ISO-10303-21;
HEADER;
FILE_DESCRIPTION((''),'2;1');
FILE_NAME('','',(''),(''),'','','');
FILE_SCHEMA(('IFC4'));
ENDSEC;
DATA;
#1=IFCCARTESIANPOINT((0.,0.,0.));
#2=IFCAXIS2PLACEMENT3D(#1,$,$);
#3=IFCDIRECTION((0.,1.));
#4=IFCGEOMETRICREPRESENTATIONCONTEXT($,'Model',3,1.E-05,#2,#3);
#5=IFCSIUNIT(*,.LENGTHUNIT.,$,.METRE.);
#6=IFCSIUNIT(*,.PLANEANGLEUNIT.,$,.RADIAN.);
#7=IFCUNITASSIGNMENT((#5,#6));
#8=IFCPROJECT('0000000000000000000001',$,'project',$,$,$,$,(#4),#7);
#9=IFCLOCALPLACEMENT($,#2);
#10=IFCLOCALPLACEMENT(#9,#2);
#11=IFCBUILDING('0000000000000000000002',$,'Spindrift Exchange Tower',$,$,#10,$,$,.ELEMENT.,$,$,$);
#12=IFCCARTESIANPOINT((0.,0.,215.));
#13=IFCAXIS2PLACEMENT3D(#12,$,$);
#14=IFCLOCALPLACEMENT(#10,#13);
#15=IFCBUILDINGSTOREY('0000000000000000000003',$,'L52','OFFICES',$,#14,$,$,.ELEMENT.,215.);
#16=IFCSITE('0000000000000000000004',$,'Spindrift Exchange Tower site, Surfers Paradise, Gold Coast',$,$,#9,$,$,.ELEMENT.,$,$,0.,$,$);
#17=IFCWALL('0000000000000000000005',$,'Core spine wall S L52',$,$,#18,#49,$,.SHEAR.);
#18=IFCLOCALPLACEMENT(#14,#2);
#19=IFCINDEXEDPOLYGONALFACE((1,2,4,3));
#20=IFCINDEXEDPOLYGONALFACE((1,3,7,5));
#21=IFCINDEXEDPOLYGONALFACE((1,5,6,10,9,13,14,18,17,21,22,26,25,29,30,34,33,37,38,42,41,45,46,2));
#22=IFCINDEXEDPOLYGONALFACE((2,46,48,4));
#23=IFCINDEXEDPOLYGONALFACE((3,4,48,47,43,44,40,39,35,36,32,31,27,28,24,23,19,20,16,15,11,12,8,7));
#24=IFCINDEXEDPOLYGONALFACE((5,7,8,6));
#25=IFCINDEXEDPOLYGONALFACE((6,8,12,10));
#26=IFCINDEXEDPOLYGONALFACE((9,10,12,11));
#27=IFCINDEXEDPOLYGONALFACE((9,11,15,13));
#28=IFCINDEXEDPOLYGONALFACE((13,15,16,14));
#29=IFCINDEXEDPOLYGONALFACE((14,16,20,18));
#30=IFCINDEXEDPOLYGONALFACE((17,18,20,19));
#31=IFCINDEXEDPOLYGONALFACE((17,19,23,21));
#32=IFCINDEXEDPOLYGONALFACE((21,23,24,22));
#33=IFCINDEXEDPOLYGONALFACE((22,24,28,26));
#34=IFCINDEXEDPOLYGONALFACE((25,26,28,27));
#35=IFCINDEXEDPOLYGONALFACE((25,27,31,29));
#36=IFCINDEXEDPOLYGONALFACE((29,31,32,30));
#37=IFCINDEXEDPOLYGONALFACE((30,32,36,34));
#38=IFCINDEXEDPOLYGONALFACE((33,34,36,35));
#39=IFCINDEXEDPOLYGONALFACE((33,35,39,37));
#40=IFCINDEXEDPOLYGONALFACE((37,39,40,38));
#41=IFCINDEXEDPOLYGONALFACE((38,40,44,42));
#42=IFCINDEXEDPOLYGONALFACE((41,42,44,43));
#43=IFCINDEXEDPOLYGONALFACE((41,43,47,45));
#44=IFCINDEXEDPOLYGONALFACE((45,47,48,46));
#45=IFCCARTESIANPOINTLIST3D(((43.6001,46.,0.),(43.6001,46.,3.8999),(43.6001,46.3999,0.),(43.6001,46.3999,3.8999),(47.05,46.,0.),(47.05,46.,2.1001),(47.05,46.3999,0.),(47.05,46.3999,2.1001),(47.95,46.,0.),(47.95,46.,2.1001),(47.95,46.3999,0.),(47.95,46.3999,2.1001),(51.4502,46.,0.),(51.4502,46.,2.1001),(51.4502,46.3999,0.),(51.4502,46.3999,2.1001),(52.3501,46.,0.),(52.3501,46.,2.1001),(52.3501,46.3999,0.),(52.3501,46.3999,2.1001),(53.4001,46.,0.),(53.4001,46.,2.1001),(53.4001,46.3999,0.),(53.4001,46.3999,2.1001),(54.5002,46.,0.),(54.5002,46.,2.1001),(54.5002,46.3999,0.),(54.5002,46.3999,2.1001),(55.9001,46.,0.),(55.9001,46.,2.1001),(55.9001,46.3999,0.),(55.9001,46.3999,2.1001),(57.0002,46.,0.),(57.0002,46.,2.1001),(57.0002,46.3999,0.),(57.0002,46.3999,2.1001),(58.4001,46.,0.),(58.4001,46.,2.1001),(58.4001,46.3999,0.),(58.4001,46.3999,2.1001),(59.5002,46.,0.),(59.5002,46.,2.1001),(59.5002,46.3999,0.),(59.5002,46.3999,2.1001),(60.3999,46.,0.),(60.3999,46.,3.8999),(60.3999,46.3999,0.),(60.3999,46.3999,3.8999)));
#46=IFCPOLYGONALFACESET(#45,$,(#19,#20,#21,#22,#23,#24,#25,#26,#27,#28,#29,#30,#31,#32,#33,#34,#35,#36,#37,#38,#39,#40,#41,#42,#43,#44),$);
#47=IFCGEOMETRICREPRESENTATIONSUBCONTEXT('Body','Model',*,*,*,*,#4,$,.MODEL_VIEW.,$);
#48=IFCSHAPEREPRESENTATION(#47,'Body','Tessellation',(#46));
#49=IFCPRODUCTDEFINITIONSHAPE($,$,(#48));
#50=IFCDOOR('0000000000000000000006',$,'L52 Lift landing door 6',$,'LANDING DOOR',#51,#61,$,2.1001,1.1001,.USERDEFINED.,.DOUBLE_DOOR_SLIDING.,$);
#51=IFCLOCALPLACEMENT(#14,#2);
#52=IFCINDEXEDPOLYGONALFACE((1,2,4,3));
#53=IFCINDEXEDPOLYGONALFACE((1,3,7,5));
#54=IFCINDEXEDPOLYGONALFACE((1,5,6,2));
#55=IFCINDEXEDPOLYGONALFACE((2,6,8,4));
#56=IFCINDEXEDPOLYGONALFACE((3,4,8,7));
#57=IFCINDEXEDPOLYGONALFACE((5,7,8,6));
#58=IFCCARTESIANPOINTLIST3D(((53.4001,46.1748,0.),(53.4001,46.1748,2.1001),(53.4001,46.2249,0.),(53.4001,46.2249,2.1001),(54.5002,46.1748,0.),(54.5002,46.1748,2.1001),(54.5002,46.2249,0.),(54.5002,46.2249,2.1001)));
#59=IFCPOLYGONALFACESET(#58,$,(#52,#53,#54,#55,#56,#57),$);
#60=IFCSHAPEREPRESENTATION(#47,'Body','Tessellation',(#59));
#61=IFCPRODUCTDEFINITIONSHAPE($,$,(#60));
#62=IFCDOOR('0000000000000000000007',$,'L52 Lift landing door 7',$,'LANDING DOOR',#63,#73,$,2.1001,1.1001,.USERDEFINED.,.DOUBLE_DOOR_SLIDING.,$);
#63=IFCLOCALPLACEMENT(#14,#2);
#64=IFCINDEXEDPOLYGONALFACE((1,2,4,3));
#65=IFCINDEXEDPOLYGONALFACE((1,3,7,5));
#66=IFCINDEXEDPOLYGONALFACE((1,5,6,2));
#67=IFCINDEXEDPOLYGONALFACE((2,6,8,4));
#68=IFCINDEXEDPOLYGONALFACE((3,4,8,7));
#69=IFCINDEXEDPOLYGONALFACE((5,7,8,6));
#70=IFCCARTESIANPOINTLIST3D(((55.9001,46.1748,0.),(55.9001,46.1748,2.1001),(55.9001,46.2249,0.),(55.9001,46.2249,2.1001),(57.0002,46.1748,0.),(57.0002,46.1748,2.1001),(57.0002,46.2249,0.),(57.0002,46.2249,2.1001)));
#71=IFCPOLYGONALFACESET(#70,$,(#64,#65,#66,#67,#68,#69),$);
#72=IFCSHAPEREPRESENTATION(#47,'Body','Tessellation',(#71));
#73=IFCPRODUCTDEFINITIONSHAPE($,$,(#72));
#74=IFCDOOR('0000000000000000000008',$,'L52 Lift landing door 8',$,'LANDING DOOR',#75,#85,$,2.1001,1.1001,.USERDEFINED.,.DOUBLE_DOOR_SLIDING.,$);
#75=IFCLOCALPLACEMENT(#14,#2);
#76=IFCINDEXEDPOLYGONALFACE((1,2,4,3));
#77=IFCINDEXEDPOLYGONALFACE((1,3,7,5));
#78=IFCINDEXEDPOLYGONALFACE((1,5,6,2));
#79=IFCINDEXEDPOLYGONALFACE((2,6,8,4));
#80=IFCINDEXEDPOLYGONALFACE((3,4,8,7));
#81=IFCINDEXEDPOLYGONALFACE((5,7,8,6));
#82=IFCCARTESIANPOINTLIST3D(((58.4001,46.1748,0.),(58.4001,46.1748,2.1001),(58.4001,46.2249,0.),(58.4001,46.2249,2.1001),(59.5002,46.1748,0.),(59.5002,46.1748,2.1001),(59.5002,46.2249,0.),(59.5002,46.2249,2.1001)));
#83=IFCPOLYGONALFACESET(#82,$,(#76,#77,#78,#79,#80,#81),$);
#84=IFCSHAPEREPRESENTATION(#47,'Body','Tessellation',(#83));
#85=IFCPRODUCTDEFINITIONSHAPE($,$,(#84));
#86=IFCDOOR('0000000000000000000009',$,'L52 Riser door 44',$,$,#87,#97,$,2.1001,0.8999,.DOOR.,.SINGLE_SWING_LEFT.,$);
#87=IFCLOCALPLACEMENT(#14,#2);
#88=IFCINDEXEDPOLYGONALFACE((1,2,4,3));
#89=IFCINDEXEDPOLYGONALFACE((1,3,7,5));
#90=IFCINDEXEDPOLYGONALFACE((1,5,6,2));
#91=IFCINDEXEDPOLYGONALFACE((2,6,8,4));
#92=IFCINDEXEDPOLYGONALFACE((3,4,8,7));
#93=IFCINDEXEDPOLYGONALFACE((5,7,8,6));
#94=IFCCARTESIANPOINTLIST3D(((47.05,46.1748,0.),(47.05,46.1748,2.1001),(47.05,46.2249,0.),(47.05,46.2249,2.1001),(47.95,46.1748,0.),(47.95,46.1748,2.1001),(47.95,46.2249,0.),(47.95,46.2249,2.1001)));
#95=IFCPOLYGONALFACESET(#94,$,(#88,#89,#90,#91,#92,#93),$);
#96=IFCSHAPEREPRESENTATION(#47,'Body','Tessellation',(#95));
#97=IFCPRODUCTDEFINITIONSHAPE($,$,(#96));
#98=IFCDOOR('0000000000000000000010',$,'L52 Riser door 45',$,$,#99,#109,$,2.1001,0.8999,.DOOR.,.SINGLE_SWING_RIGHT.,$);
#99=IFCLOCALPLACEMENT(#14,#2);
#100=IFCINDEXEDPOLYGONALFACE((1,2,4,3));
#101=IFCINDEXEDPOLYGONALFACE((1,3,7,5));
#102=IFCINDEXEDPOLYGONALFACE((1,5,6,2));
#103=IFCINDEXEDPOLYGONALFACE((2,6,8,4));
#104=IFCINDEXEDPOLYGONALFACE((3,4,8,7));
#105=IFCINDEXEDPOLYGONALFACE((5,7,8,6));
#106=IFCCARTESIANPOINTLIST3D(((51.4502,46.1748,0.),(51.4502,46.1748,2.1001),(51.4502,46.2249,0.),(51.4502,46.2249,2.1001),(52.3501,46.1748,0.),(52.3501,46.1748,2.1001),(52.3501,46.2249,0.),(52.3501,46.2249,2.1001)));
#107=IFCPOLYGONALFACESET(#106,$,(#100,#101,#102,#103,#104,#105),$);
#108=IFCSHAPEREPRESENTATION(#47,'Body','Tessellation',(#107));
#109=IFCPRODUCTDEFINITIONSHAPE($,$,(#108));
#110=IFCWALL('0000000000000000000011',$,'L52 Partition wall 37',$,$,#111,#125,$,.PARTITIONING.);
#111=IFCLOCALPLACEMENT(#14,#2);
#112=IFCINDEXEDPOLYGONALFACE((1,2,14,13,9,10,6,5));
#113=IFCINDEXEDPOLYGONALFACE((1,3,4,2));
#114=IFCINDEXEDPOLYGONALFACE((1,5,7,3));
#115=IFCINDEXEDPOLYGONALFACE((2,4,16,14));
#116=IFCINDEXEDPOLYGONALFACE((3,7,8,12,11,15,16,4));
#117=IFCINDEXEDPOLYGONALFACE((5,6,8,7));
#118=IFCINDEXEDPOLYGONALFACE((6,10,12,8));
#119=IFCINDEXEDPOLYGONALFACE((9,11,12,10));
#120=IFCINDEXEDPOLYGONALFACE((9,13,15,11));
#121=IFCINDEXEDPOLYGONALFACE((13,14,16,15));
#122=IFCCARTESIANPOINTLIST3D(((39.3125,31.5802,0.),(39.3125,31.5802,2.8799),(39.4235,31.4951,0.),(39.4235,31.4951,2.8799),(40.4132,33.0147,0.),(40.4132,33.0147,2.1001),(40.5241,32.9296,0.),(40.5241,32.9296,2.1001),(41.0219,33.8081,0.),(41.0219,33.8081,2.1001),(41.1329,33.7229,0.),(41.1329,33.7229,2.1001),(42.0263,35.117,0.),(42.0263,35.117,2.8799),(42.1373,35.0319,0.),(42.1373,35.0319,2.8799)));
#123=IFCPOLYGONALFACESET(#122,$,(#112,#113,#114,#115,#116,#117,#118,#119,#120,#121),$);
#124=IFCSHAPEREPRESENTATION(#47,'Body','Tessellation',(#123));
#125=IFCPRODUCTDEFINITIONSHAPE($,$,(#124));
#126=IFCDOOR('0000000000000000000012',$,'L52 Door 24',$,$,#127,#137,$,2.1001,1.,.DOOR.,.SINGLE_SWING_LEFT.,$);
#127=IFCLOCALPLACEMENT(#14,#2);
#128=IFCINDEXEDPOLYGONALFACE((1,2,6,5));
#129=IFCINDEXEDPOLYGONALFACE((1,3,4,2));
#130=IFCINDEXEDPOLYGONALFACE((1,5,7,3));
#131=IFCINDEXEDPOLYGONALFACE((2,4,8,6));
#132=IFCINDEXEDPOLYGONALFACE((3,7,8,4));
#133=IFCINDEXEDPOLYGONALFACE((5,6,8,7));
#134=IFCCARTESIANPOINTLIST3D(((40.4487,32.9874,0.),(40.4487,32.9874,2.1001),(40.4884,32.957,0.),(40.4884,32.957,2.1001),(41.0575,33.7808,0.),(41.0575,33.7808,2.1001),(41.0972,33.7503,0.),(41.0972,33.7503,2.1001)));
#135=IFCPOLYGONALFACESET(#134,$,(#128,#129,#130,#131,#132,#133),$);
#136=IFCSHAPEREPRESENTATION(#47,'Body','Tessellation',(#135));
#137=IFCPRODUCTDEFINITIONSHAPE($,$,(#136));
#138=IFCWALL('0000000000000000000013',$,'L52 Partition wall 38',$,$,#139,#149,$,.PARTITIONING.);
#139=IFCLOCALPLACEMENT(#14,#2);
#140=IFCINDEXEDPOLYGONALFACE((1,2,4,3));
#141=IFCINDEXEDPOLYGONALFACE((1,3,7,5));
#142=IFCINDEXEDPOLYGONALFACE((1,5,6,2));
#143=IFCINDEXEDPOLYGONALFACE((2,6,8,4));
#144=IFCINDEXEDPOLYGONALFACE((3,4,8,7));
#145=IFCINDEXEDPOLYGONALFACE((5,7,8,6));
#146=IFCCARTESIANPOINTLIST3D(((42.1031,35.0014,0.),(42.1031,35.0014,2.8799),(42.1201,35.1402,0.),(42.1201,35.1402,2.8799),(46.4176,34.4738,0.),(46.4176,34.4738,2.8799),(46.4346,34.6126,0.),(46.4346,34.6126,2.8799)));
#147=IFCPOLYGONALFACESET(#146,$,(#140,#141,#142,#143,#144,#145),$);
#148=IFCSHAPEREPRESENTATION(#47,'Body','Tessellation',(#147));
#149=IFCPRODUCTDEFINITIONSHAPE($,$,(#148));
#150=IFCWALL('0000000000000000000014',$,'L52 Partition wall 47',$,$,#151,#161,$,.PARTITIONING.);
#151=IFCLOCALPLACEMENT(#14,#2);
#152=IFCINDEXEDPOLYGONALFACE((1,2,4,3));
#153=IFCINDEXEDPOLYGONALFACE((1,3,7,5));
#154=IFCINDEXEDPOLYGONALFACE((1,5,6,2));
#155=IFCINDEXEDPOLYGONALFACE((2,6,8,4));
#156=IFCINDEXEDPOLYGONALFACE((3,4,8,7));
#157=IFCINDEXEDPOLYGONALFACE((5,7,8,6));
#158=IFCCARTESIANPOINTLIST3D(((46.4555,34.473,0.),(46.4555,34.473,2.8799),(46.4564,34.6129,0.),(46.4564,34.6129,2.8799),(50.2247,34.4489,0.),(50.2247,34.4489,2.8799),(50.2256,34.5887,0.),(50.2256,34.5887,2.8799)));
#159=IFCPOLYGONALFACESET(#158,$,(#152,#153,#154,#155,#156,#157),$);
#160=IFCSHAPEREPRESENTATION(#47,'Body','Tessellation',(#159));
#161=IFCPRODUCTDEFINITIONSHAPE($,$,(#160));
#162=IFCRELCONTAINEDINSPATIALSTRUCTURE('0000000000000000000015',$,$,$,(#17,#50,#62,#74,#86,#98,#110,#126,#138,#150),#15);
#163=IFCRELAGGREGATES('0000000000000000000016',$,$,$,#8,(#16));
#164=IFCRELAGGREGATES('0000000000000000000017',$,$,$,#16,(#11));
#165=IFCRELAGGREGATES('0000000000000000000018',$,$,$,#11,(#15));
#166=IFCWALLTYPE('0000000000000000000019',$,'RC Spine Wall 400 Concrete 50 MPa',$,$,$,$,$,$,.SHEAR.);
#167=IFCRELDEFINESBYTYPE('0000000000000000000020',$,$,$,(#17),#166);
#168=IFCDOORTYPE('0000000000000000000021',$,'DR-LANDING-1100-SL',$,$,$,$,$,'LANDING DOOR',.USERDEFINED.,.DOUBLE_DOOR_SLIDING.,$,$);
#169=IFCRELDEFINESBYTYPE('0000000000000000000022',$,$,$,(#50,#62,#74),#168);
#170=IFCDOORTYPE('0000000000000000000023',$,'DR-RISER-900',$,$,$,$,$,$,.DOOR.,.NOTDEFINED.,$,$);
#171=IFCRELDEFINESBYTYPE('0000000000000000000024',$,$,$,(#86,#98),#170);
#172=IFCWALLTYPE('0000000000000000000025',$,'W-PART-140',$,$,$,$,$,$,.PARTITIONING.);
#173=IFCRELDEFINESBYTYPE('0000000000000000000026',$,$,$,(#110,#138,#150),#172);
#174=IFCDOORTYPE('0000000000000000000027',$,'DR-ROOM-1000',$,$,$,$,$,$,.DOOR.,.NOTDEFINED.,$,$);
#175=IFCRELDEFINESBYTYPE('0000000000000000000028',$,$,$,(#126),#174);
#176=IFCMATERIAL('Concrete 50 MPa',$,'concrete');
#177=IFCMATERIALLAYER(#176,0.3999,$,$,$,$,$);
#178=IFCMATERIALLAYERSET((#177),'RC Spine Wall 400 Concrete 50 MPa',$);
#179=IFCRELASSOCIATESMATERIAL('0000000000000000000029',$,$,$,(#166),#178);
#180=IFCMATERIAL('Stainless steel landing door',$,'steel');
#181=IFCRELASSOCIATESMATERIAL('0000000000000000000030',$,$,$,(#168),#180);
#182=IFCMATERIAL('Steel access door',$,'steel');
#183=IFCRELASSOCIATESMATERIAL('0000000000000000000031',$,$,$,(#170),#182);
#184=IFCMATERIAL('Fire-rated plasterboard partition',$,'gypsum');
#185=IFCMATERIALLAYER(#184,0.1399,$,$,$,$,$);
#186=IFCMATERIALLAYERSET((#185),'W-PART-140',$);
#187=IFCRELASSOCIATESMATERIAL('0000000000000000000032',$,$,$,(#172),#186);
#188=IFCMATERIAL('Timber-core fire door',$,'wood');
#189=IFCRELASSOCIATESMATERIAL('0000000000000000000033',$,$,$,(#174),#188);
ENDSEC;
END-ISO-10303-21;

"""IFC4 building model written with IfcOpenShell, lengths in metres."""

from ifc_helpers import new_model, si_unit, direction, frame, frame_2d, origin, place, context, subcontext, project, spatial, rectangle, extrude, source, transform, mapped, material, layer, layer_set, type_object, element, fill, save


model = new_model("IFC4")

# Units and contexts
model_context = context("Model", 3, precision=1e-05, world=origin(), true_north=direction((0.0, 1.0)))
body_context = subcontext(model_context, "Body", "Model", "MODEL_VIEW")
ifc_project = project(units=[si_unit("LENGTHUNIT", "METRE"), si_unit("PLANEANGLEUNIT", "RADIAN")], contexts=[model_context])

# Site, building, storey
site_placement = place(None, origin())
site = spatial("IfcSite", under=ifc_project, at=site_placement, Name="Spindrift Exchange Tower site, Surfers Paradise, Gold Coast", CompositionType="ELEMENT", RefElevation=0.0)
building_placement = place(site_placement, origin())
building = spatial("IfcBuilding", under=site, at=building_placement, Name="Spindrift Exchange Tower", CompositionType="ELEMENT")
storey_placement = place(building_placement, frame((0.0, 0.0, 215.0)))
storey = spatial("IfcBuildingStorey", under=building, at=storey_placement, Name="L52", Description="OFFICES", CompositionType="ELEMENT", Elevation=215.0)

# Wall, openings, doors
ifc_material_1 = material(Name="Concrete 50 MPa", Category="concrete")
ifc_material_2 = material(Name="Timber-core fire door", Category="wood")
ifc_material_3 = material(Name="Steel access door", Category="steel")
ifc_layer_1 = layer(ifc_material_1, 0.3999)
ifc_layer_set_1 = layer_set([ifc_layer_1], Name="RC Spine Wall 400 Concrete 50 MPa")
wall_type_1 = type_object("IfcWallType", Name="RC Spine Wall 400 Concrete 50 MPa", PredefinedType="SHEAR", material=ifc_layer_set_1)
wall_1_placement = place(storey_placement, frame((43.6001, 46.2, 0.0), z_axis=(0.0, 0.0, 1.0), x_axis=(1.0, 0.0, 0.0)))
wall_1 = element("IfcWall", 1, at=wall_1_placement, inside=storey, type_object=wall_type_1, Name="Core spine wall S L52", PredefinedType="SHEAR", context=body_context, shape_type="SweptSolid", body=[
    extrude(rectangle(XDim=16.7998, YDim=0.3999, at=frame_2d((8.3999, 0.0))), origin(), (0.0, 0.0, 1.0), 3.8999),
])
opening_1_placement = place(wall_1_placement, frame((9.8, 0.0, 0.0)))
opening_1 = element("IfcOpeningElement", 2, at=opening_1_placement, cuts=wall_1, PredefinedType="OPENING", context=body_context, shape_type="SweptSolid", body=[
    extrude(rectangle(XDim=1.1001, YDim=2.1001, at=frame_2d((0.55, 1.05))), frame((0.0, 0.21, 0.0), z_axis=(0.0, -1.0, 0.0), x_axis=(1.0, 0.0, 0.0)), (0.0, 0.0, 1.0), 0.4199),
])
opening_2_placement = place(wall_1_placement, frame((12.3, 0.0, 0.0)))
opening_2 = element("IfcOpeningElement", 3, at=opening_2_placement, cuts=wall_1, PredefinedType="OPENING", context=body_context, shape_type="SweptSolid", body=[
    extrude(rectangle(XDim=1.1001, YDim=2.1001, at=frame_2d((0.55, 1.05))), frame((0.0, 0.21, 0.0), z_axis=(0.0, -1.0, 0.0), x_axis=(1.0, 0.0, 0.0)), (0.0, 0.0, 1.0), 0.4199),
])
opening_3_placement = place(wall_1_placement, frame((14.8, 0.0, 0.0)))
opening_3 = element("IfcOpeningElement", 4, at=opening_3_placement, cuts=wall_1, PredefinedType="OPENING", context=body_context, shape_type="SweptSolid", body=[
    extrude(rectangle(XDim=1.1001, YDim=2.1001, at=frame_2d((0.55, 1.05))), frame((0.0, 0.21, 0.0), z_axis=(0.0, -1.0, 0.0), x_axis=(1.0, 0.0, 0.0)), (0.0, 0.0, 1.0), 0.4199),
])
opening_4_placement = place(wall_1_placement, frame((3.45, 0.0, 0.0)))
opening_4 = element("IfcOpeningElement", 5, at=opening_4_placement, cuts=wall_1, PredefinedType="OPENING", context=body_context, shape_type="SweptSolid", body=[
    extrude(rectangle(XDim=0.8999, YDim=2.1001, at=frame_2d((0.45, 1.05))), frame((0.0, 0.21, 0.0), z_axis=(0.0, -1.0, 0.0), x_axis=(1.0, 0.0, 0.0)), (0.0, 0.0, 1.0), 0.4199),
])
opening_5_placement = place(wall_1_placement, frame((7.8501, 0.0, 0.0)))
opening_5 = element("IfcOpeningElement", 6, at=opening_5_placement, cuts=wall_1, PredefinedType="OPENING", context=body_context, shape_type="SweptSolid", body=[
    extrude(rectangle(XDim=0.8999, YDim=2.1001, at=frame_2d((0.45, 1.05))), frame((0.0, 0.21, 0.0), z_axis=(0.0, -1.0, 0.0), x_axis=(1.0, 0.0, 0.0)), (0.0, 0.0, 1.0), 0.4199),
])
ifc_material_4 = material(Name="Stainless steel landing door", Category="steel")
door_type_1 = type_object("IfcDoorType", Name="DR-LANDING-1100-SL", ElementType="LANDING DOOR", OperationType="DOUBLE_DOOR_SLIDING", PredefinedType="USERDEFINED", material=ifc_material_4)
shared_shape_1 = source(origin(), body_context, "Body", "SweptSolid", [
    extrude(rectangle(XDim=1.1001, YDim=2.1001, at=frame_2d((0.55, 1.05))), frame((0.0, 0.0249, 0.0), z_axis=(0.0, -1.0, 0.0), x_axis=(1.0, 0.0, 0.0)), (0.0, 0.0, 1.0), 0.05),
])
door_1_placement = place(opening_1_placement, origin())
door_1 = element("IfcDoor", 7, at=door_1_placement, inside=storey, type_object=door_type_1, Name="L52 Lift landing door 6", ObjectType="LANDING DOOR", OperationType="DOUBLE_DOOR_SLIDING", OverallHeight=2.1001, OverallWidth=1.1001, PredefinedType="USERDEFINED", context=body_context, shape_type="MappedRepresentation", body=[
    mapped(shared_shape_1, transform((0.0, 0.0, 0.0), scale=1.0)),
])
fill(opening_1, door_1)
door_2_placement = place(opening_2_placement, origin())
door_2 = element("IfcDoor", 8, at=door_2_placement, inside=storey, type_object=door_type_1, Name="L52 Lift landing door 7", ObjectType="LANDING DOOR", OperationType="DOUBLE_DOOR_SLIDING", OverallHeight=2.1001, OverallWidth=1.1001, PredefinedType="USERDEFINED", context=body_context, shape_type="MappedRepresentation", body=[
    mapped(shared_shape_1, transform((0.0, 0.0, 0.0), scale=1.0)),
])
fill(opening_2, door_2)
door_3_placement = place(opening_3_placement, origin())
door_3 = element("IfcDoor", 9, at=door_3_placement, inside=storey, type_object=door_type_1, Name="L52 Lift landing door 8", ObjectType="LANDING DOOR", OperationType="DOUBLE_DOOR_SLIDING", OverallHeight=2.1001, OverallWidth=1.1001, PredefinedType="USERDEFINED", context=body_context, shape_type="MappedRepresentation", body=[
    mapped(shared_shape_1, transform((0.0, 0.0, 0.0), scale=1.0)),
])
fill(opening_3, door_3)
door_type_2 = type_object("IfcDoorType", Name="DR-RISER-900", OperationType="NOTDEFINED", PredefinedType="DOOR", material=ifc_material_3)
shared_shape_2 = source(origin(), body_context, "Body", "SweptSolid", [
    extrude(rectangle(XDim=0.8999, YDim=2.1001, at=frame_2d((0.45, 1.05))), frame((0.0, 0.0249, 0.0), z_axis=(0.0, -1.0, 0.0), x_axis=(1.0, 0.0, 0.0)), (0.0, 0.0, 1.0), 0.05),
])
door_4_placement = place(opening_4_placement, origin())
door_4 = element("IfcDoor", 10, at=door_4_placement, inside=storey, type_object=door_type_2, Name="L52 Riser door 44", OperationType="SINGLE_SWING_LEFT", OverallHeight=2.1001, OverallWidth=0.8999, PredefinedType="DOOR", context=body_context, shape_type="MappedRepresentation", body=[
    mapped(shared_shape_2, transform((0.0, 0.0, 0.0), scale=1.0)),
])
fill(opening_4, door_4)
door_5_placement = place(opening_5_placement, origin())
door_5 = element("IfcDoor", 11, at=door_5_placement, inside=storey, type_object=door_type_2, Name="L52 Riser door 45", OperationType="SINGLE_SWING_RIGHT", OverallHeight=2.1001, OverallWidth=0.8999, PredefinedType="DOOR", context=body_context, shape_type="MappedRepresentation", body=[
    mapped(shared_shape_2, transform((0.0, 0.0, 0.0), scale=1.0)),
])
fill(opening_5, door_5)

# Wall, opening, door
ifc_material_5 = material(Name="Fire-rated plasterboard partition", Category="gypsum")
ifc_layer_2 = layer(ifc_material_5, 0.1399)
ifc_layer_set_2 = layer_set([ifc_layer_2], Name="W-PART-140")
wall_type_2 = type_object("IfcWallType", Name="W-PART-140", PredefinedType="PARTITIONING", material=ifc_layer_set_2)
wall_2_placement = place(storey_placement, frame((42.0818, 35.0745, 0.0), z_axis=(0.0, 0.0, 1.0), x_axis=(-0.608752, -0.79336, 0.0)))
wall_2 = element("IfcWall", 12, at=wall_2_placement, inside=storey, type_object=wall_type_2, Name="L52 Partition wall 37", PredefinedType="PARTITIONING", context=body_context, shape_type="SweptSolid", body=[
    extrude(rectangle(XDim=4.458, YDim=0.1399, at=frame_2d((2.229, 0.0))), origin(), (0.0, 0.0, 1.0), 2.8799),
])
opening_6_placement = place(wall_2_placement, frame((1.6499, 0.0, 0.0)))
opening_6 = element("IfcOpeningElement", 13, at=opening_6_placement, cuts=wall_2, PredefinedType="OPENING", context=body_context, shape_type="SweptSolid", body=[
    extrude(rectangle(XDim=1.0, YDim=2.1001, at=frame_2d((0.5, 1.05))), frame((0.0, 0.0798, 0.0), z_axis=(0.0, -1.0, 0.0), x_axis=(1.0, 0.0, 0.0)), (0.0, 0.0, 1.0), 0.1599),
])
door_type_3 = type_object("IfcDoorType", Name="DR-ROOM-1000", OperationType="NOTDEFINED", PredefinedType="DOOR", material=ifc_material_2)
shared_shape_3 = source(origin(), body_context, "Body", "SweptSolid", [
    extrude(rectangle(XDim=1.0, YDim=2.1001, at=frame_2d((0.5, 1.05))), frame((0.0, 0.0249, 0.0), z_axis=(0.0, -1.0, 0.0), x_axis=(1.0, 0.0, 0.0)), (0.0, 0.0, 1.0), 0.05),
])
door_6_placement = place(opening_6_placement, origin())
door_6 = element("IfcDoor", 14, at=door_6_placement, inside=storey, type_object=door_type_3, Name="L52 Door 24", OperationType="SINGLE_SWING_LEFT", OverallHeight=2.1001, OverallWidth=1.0, PredefinedType="DOOR", context=body_context, shape_type="MappedRepresentation", body=[
    mapped(shared_shape_3, transform((0.0, 0.0, 0.0), scale=1.0)),
])
fill(opening_6, door_6)

# Walls
wall_3_placement = place(storey_placement, frame((42.1116, 35.0708, 0.0), z_axis=(0.0, 0.0, 1.0), x_axis=(0.992606, -0.12138, 0.0)))
element("IfcWall", 15, at=wall_3_placement, inside=storey, type_object=wall_type_2, Name="L52 Partition wall 38", PredefinedType="PARTITIONING", context=body_context, shape_type="SweptSolid", body=[
    extrude(rectangle(XDim=4.3467, YDim=0.1399, at=frame_2d((2.1733, 0.0))), origin(), (0.0, 0.0, 1.0), 2.8799),
])
wall_4_placement = place(storey_placement, frame((46.4558, 34.543, 0.0), z_axis=(0.0, 0.0, 1.0), x_axis=(0.999979, -0.006412, 0.0)))
element("IfcWall", 16, at=wall_4_placement, inside=storey, type_object=wall_type_2, Name="L52 Partition wall 47", PredefinedType="PARTITIONING", context=body_context, shape_type="SweptSolid", body=[
    extrude(rectangle(XDim=3.7693, YDim=0.1399, at=frame_2d((1.8848, 0.0))), origin(), (0.0, 0.0, 1.0), 2.8799),
])

save(model, "model.ifc")
